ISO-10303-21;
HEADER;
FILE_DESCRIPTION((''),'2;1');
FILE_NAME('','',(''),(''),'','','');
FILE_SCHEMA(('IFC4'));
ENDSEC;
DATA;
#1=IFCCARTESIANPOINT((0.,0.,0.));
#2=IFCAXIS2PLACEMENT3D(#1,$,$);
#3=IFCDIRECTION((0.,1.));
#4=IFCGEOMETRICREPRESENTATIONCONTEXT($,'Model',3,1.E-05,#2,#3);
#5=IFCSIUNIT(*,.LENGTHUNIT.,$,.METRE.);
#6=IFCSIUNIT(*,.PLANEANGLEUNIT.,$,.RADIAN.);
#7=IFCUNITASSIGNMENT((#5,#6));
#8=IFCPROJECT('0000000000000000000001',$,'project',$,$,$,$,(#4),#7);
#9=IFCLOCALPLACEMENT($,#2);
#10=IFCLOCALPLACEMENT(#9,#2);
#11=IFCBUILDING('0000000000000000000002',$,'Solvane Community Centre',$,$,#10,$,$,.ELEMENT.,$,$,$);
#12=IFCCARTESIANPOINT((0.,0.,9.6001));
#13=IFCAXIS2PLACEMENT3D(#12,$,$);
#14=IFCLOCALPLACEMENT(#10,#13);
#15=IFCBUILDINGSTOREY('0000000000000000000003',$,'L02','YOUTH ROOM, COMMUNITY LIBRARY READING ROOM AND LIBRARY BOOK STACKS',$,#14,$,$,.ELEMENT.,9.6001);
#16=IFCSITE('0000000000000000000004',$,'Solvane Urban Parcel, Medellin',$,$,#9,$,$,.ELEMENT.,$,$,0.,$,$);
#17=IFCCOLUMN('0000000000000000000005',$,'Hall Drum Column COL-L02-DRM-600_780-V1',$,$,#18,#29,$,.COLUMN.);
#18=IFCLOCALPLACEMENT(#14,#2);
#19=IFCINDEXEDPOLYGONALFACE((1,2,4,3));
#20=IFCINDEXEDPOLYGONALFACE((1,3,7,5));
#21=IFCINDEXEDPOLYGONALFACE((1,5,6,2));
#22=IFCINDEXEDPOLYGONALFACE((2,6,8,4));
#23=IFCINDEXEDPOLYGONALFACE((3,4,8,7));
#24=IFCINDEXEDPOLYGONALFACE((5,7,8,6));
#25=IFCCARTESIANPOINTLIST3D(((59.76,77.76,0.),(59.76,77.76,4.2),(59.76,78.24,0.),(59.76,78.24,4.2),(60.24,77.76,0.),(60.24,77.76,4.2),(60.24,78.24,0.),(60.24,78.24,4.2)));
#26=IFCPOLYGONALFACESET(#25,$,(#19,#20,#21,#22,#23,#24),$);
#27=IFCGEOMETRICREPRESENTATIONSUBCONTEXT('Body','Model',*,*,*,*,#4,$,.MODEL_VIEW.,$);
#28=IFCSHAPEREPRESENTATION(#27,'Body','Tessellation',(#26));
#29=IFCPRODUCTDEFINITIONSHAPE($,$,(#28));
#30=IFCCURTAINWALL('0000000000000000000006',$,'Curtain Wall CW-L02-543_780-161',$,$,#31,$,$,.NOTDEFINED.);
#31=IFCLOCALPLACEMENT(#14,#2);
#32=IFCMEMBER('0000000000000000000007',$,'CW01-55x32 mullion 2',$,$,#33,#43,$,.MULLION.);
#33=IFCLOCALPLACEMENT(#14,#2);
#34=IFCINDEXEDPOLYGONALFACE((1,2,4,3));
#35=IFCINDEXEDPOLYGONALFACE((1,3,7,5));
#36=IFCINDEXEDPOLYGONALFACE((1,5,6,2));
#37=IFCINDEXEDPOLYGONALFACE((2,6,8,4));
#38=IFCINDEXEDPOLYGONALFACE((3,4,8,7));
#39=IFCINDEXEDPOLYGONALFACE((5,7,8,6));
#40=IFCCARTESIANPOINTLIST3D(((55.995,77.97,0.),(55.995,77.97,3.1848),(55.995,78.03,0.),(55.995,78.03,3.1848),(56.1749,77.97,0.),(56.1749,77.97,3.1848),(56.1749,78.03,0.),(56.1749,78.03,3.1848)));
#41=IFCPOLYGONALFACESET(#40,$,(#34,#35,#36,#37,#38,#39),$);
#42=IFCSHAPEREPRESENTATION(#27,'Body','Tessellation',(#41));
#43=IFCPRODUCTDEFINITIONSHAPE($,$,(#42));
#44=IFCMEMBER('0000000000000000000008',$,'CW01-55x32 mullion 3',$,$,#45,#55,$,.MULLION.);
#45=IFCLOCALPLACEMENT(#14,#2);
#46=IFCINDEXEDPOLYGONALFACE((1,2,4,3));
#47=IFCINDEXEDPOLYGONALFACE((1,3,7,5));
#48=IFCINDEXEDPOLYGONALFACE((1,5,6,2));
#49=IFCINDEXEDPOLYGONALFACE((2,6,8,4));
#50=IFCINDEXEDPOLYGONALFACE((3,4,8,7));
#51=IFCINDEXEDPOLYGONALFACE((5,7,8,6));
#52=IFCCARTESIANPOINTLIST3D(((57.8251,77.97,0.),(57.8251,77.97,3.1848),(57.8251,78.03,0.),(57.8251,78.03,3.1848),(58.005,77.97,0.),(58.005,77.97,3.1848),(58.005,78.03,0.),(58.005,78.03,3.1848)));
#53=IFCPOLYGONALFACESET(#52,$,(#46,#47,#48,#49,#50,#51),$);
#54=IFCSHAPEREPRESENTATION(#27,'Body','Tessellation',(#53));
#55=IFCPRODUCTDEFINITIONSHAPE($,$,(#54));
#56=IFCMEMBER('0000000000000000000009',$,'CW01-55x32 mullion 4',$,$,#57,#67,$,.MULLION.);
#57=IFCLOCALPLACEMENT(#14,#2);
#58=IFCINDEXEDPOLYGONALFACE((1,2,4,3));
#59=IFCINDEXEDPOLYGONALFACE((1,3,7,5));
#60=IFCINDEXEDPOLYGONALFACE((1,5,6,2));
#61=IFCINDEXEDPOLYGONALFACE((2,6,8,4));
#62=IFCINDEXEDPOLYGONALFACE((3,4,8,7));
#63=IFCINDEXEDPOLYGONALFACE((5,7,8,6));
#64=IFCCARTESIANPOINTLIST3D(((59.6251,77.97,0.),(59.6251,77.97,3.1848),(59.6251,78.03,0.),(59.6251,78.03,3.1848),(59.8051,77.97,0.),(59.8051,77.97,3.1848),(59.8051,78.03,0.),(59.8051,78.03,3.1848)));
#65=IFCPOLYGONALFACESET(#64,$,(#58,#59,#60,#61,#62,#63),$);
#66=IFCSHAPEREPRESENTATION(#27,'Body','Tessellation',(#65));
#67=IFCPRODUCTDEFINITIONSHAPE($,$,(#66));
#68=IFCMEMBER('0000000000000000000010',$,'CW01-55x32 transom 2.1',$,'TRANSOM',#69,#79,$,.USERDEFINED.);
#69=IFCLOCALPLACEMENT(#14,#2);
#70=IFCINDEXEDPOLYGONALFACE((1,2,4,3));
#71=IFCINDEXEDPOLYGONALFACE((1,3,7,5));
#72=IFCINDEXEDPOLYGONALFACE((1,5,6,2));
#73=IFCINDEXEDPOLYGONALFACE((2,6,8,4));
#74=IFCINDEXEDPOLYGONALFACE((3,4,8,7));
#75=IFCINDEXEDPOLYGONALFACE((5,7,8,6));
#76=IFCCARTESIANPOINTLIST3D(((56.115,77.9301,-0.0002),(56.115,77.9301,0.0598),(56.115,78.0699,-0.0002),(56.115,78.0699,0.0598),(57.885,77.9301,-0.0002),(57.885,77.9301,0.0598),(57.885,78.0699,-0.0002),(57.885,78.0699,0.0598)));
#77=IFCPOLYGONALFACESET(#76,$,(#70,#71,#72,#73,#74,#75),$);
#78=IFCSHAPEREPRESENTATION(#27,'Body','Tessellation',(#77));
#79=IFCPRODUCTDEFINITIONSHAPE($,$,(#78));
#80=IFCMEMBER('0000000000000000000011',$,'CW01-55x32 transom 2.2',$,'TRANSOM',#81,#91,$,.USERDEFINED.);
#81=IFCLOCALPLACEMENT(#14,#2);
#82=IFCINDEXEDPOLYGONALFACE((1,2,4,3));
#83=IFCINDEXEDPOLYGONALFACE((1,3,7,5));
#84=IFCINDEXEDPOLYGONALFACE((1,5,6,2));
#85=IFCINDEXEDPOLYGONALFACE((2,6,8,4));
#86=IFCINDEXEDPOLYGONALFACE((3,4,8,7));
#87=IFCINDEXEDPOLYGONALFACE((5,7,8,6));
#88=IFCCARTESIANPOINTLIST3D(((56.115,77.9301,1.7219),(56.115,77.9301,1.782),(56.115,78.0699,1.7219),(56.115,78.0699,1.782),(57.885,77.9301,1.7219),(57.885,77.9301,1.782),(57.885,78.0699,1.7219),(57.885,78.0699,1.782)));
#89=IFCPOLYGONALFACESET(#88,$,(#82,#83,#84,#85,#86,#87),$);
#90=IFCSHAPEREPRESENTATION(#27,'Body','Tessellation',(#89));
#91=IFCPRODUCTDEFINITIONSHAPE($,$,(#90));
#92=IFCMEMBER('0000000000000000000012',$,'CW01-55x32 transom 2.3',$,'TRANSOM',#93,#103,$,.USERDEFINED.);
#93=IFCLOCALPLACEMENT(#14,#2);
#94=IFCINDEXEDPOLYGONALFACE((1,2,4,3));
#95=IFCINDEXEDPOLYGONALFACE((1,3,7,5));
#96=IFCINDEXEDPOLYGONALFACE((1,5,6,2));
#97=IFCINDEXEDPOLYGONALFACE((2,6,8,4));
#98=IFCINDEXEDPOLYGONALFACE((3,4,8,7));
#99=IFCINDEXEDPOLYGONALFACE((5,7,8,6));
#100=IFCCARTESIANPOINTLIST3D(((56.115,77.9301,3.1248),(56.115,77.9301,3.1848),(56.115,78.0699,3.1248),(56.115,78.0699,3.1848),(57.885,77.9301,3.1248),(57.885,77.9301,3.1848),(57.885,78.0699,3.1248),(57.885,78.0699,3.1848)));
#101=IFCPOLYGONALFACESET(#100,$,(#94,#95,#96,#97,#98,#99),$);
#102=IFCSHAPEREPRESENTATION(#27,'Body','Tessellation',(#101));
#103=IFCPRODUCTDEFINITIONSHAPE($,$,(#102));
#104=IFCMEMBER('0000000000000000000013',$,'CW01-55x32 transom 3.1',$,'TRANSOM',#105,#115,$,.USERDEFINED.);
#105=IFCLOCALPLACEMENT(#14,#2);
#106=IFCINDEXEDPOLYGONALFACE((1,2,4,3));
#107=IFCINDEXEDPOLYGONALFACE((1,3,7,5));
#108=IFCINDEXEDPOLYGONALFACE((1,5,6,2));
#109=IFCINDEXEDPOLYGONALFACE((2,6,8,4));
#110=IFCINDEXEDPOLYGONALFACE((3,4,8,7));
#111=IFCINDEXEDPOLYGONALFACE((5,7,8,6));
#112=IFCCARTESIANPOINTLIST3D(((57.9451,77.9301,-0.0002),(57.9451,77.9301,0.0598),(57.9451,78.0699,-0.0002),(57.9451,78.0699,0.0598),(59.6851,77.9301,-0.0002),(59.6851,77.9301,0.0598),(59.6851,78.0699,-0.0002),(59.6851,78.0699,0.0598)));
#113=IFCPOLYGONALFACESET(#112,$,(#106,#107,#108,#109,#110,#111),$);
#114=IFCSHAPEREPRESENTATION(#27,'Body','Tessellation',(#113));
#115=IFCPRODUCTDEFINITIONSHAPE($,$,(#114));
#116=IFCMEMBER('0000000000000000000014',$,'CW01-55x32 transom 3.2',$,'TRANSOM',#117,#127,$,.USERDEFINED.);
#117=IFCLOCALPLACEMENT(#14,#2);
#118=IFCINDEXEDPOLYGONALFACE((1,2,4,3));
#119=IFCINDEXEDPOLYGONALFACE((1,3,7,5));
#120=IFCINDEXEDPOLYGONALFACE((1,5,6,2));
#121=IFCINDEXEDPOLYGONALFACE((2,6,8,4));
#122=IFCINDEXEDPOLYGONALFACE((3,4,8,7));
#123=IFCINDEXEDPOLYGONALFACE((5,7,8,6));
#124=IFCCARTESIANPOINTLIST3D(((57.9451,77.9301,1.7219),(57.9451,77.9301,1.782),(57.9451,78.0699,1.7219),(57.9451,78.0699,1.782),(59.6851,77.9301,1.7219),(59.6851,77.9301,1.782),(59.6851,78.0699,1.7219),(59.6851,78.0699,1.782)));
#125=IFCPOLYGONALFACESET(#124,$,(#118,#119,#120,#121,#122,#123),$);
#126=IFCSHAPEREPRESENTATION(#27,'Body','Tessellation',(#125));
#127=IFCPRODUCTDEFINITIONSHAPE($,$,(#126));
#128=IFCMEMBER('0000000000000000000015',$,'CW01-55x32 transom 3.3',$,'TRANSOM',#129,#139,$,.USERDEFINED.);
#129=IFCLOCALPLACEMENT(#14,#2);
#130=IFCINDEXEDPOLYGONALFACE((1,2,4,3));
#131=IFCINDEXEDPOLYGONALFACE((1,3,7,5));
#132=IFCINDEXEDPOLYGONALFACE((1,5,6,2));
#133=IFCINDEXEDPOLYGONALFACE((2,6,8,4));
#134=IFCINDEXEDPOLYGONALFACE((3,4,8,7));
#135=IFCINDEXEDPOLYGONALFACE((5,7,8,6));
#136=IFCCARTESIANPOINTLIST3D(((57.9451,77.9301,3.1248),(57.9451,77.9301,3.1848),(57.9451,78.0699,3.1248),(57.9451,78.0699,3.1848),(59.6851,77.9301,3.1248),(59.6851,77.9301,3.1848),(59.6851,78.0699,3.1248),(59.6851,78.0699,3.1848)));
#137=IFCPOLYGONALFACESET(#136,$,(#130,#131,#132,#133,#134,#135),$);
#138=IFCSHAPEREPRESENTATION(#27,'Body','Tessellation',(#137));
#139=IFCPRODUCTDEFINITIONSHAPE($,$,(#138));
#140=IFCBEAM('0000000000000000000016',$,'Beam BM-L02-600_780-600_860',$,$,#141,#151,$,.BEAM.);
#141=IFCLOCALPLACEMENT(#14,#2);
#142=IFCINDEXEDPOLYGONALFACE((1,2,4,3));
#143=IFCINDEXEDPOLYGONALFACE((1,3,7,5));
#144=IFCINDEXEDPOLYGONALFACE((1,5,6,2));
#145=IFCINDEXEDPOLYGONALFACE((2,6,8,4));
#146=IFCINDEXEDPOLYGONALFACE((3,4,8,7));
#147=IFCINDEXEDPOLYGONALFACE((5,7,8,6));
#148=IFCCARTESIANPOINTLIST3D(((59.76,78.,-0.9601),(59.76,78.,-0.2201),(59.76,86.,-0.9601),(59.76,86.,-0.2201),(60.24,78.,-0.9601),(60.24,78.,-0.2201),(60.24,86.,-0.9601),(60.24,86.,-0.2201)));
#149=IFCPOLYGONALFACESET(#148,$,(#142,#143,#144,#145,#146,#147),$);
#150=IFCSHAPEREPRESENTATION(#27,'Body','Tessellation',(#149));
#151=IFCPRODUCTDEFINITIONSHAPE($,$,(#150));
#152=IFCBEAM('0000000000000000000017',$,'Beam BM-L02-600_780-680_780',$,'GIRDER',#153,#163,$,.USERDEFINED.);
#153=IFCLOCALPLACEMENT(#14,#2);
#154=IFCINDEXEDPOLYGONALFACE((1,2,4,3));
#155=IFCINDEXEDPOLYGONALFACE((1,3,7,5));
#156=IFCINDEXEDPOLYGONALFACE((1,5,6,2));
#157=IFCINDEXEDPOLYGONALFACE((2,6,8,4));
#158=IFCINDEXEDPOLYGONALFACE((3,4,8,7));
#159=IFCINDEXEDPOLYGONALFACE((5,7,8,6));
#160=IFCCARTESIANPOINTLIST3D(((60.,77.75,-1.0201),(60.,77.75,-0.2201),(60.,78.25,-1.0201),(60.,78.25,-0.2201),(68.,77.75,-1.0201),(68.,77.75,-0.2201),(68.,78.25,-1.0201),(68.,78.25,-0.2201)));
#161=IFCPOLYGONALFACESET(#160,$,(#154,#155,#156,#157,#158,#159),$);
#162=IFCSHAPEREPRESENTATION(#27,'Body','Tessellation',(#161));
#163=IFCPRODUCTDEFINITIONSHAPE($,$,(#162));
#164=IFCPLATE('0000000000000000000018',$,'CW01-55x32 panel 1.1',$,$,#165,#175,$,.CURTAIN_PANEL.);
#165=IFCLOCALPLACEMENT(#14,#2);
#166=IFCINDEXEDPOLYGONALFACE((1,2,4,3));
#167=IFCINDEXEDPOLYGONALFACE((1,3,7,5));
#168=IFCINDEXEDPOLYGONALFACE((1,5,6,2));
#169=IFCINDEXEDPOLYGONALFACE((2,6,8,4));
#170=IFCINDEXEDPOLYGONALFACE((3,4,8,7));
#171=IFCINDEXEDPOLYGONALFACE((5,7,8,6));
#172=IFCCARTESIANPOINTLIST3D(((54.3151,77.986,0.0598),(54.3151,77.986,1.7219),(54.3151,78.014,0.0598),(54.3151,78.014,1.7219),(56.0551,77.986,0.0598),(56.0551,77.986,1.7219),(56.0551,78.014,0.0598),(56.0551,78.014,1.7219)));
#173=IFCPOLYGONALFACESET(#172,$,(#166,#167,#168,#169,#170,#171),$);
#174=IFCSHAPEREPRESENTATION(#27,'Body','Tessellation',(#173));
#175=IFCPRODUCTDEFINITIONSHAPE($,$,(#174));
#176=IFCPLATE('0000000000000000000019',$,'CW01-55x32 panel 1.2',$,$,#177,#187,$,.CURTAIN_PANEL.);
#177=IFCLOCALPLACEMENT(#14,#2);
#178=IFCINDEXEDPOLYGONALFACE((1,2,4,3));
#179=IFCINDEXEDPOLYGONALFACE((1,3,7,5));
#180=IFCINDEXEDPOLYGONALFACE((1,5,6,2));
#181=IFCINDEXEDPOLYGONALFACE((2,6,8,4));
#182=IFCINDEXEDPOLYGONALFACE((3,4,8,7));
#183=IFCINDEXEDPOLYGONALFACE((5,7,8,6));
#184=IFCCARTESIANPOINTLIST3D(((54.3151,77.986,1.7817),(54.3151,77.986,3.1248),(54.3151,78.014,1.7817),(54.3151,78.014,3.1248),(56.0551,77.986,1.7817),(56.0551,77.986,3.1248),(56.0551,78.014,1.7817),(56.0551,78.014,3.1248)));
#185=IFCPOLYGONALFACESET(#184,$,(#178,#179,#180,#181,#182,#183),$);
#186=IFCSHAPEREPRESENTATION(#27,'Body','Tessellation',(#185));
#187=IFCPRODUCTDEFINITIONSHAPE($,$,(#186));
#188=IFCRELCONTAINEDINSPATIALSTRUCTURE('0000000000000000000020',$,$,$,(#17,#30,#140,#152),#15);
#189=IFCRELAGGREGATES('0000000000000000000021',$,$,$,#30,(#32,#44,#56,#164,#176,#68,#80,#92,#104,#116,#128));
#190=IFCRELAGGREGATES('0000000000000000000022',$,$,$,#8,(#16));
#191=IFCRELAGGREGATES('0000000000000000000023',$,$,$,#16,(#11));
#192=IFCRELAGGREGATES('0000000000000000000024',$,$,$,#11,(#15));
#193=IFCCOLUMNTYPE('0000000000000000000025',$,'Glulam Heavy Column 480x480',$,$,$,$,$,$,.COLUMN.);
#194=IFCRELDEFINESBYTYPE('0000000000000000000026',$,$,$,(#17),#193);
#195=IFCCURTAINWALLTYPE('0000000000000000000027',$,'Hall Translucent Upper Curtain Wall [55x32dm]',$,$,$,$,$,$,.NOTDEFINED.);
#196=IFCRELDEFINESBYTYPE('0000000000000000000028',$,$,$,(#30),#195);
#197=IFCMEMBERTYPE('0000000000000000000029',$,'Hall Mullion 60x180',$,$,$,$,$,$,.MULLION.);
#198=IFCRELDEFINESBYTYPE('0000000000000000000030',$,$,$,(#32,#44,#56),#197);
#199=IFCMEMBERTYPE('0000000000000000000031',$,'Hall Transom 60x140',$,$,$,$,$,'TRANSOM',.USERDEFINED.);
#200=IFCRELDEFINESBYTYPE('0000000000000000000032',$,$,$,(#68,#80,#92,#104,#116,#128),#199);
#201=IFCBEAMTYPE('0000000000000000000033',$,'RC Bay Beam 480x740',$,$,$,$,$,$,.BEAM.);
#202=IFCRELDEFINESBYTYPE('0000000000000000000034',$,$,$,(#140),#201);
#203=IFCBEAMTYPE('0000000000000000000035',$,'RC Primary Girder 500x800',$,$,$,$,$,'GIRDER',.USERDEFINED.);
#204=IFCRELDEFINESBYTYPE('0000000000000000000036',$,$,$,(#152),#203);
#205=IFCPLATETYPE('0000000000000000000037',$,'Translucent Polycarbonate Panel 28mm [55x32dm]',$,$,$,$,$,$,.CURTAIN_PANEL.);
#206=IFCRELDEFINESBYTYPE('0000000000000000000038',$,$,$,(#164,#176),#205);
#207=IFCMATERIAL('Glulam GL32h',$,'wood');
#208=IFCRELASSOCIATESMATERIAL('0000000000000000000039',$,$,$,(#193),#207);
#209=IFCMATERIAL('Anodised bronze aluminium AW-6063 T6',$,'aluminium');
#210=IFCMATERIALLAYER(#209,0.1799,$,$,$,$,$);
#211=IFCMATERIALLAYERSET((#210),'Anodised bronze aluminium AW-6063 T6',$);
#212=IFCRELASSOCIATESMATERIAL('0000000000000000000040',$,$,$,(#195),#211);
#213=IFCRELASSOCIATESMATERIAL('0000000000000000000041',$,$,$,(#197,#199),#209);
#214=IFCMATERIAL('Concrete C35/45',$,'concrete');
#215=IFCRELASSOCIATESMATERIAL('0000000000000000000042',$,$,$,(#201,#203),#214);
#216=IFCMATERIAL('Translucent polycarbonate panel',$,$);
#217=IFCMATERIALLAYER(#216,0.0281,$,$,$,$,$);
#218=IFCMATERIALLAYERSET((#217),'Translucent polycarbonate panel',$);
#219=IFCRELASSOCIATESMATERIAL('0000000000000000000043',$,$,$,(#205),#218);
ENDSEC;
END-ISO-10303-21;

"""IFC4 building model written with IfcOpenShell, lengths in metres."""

from ifc_helpers import new_model, si_unit, direction, frame, origin, origin_2d, place, context, subcontext, project, spatial, rectangle, extrude, material, layer, layer_set, material_profile, profile_set, type_object, element, aggregate, save


model = new_model("IFC4")

# Units and contexts
model_context = context("Model", 3, precision=1e-05, world=origin(), true_north=direction((0.0, 1.0)))
body_context = subcontext(model_context, "Body", "Model", "MODEL_VIEW")
ifc_project = project(units=[si_unit("LENGTHUNIT", "METRE"), si_unit("PLANEANGLEUNIT", "RADIAN")], contexts=[model_context])

# Site, building, storey
site_placement = place(None, origin())
site = spatial("IfcSite", under=ifc_project, at=site_placement, Name="Solvane Urban Parcel, Medellin", CompositionType="ELEMENT", RefElevation=0.0)
building_placement = place(site_placement, origin())
building = spatial("IfcBuilding", under=site, at=building_placement, Name="Solvane Community Centre", CompositionType="ELEMENT")
storey_placement = place(building_placement, frame((0.0, 0.0, 9.6001)))
storey = spatial("IfcBuildingStorey", under=building, at=storey_placement, Name="L02", Description="YOUTH ROOM, COMMUNITY LIBRARY READING ROOM AND LIBRARY BOOK STACKS", CompositionType="ELEMENT", Elevation=9.6001)

# Column
ifc_material_1 = material(Name="Glulam GL32h", Category="wood")
ifc_material_profile_1 = material_profile(ifc_material_1, rectangle(XDim=0.48, YDim=0.48, at=origin_2d()), Name="GL32h 480x480")
ifc_profile_set_1 = profile_set([ifc_material_profile_1], Name="Glulam GL32h")
column_type = type_object("IfcColumnType", Name="Glulam Heavy Column 480x480", PredefinedType="COLUMN", material=ifc_profile_set_1)
column_placement = place(storey_placement, frame((60.0, 78.0, 0.0), z_axis=(0.0, 0.0, 1.0), x_axis=(1.0, 0.0, 0.0)))
element("IfcColumn", 1, at=column_placement, inside=storey, type_object=column_type, Name="Hall Drum Column COL-L02-DRM-600_780-V1", PredefinedType="COLUMN", context=body_context, shape_type="SweptSolid", body=[
    extrude(rectangle(XDim=0.48, YDim=0.48, at=origin_2d()), origin(), (0.0, 0.0, 1.0), 4.2),
])

# Curtain wall, members
ifc_material_2 = material(Name="Anodised bronze aluminium AW-6063 T6", Category="aluminium")
ifc_layer_1 = layer(ifc_material_2, 0.1799)
ifc_layer_set_1 = layer_set([ifc_layer_1], Name="Anodised bronze aluminium AW-6063 T6")
curtain_wall_type = type_object("IfcCurtainWallType", Name="Hall Translucent Upper Curtain Wall [55x32dm]", PredefinedType="NOTDEFINED", material=ifc_layer_set_1)
curtain_wall_placement = place(storey_placement, origin())
curtain_wall = element("IfcCurtainWall", 2, at=curtain_wall_placement, inside=storey, type_object=curtain_wall_type, Name="Curtain Wall CW-L02-543_780-161", PredefinedType="NOTDEFINED")
ifc_material_profile_2 = material_profile(ifc_material_2, rectangle(XDim=0.0601, YDim=0.1799, at=origin_2d()), Name="CW-M 60x180")
ifc_profile_set_2 = profile_set([ifc_material_profile_2], Name="Anodised bronze aluminium AW-6063 T6")
member_type_1 = type_object("IfcMemberType", Name="Hall Mullion 60x180", PredefinedType="MULLION", material=ifc_profile_set_2)
member_1_placement = place(storey_placement, frame((56.085, 78.0, 0.0), z_axis=(0.0, 0.0, 1.0), x_axis=(0.0, 1.0, 0.0)))
member_1 = element("IfcMember", 3, at=member_1_placement, type_object=member_type_1, Name="CW01-55x32 mullion 2", PredefinedType="MULLION", context=body_context, shape_type="SweptSolid", body=[
    extrude(rectangle(XDim=0.0601, YDim=0.1799, at=origin_2d()), origin(), (0.0, 0.0, 1.0), 3.1848),
])
member_2_placement = place(storey_placement, frame((57.915, 78.0, 0.0), z_axis=(0.0, 0.0, 1.0), x_axis=(0.0, 1.0, 0.0)))
member_2 = element("IfcMember", 4, at=member_2_placement, type_object=member_type_1, Name="CW01-55x32 mullion 3", PredefinedType="MULLION", context=body_context, shape_type="SweptSolid", body=[
    extrude(rectangle(XDim=0.0601, YDim=0.1799, at=origin_2d()), origin(), (0.0, 0.0, 1.0), 3.1848),
])
member_3_placement = place(storey_placement, frame((59.7151, 78.0, 0.0), z_axis=(0.0, 0.0, 1.0), x_axis=(0.0, 1.0, 0.0)))
member_3 = element("IfcMember", 5, at=member_3_placement, type_object=member_type_1, Name="CW01-55x32 mullion 4", PredefinedType="MULLION", context=body_context, shape_type="SweptSolid", body=[
    extrude(rectangle(XDim=0.0601, YDim=0.1799, at=origin_2d()), origin(), (0.0, 0.0, 1.0), 3.1848),
])
ifc_material_profile_3 = material_profile(ifc_material_2, rectangle(XDim=0.1399, YDim=0.0601, at=origin_2d()), Name="CW-T 60x140")
ifc_profile_set_3 = profile_set([ifc_material_profile_3], Name="Anodised bronze aluminium AW-6063 T6")
member_type_2 = type_object("IfcMemberType", Name="Hall Transom 60x140", ElementType="TRANSOM", PredefinedType="USERDEFINED", material=ifc_profile_set_3)
member_4_placement = place(storey_placement, frame((56.115, 78.0, 0.0298), z_axis=(1.0, 0.0, 0.0), x_axis=(0.0, 1.0, 0.0)))
member_4 = element("IfcMember", 6, at=member_4_placement, type_object=member_type_2, Name="CW01-55x32 transom 2.1", ObjectType="TRANSOM", PredefinedType="USERDEFINED", context=body_context, shape_type="SweptSolid", body=[
    extrude(rectangle(XDim=0.1399, YDim=0.0601, at=origin_2d()), origin(), (0.0, 0.0, 1.0), 1.77),
])
member_5_placement = place(storey_placement, frame((56.115, 78.0, 1.752), z_axis=(1.0, 0.0, 0.0), x_axis=(0.0, 1.0, 0.0)))
member_5 = element("IfcMember", 7, at=member_5_placement, type_object=member_type_2, Name="CW01-55x32 transom 2.2", ObjectType="TRANSOM", PredefinedType="USERDEFINED", context=body_context, shape_type="SweptSolid", body=[
    extrude(rectangle(XDim=0.1399, YDim=0.0601, at=origin_2d()), origin(), (0.0, 0.0, 1.0), 1.77),
])
member_6_placement = place(storey_placement, frame((56.115, 78.0, 3.1548), z_axis=(1.0, 0.0, 0.0), x_axis=(0.0, 1.0, 0.0)))
member_6 = element("IfcMember", 8, at=member_6_placement, type_object=member_type_2, Name="CW01-55x32 transom 2.3", ObjectType="TRANSOM", PredefinedType="USERDEFINED", context=body_context, shape_type="SweptSolid", body=[
    extrude(rectangle(XDim=0.1399, YDim=0.0601, at=origin_2d()), origin(), (0.0, 0.0, 1.0), 1.77),
])
member_7_placement = place(storey_placement, frame((57.9451, 78.0, 0.0298), z_axis=(1.0, 0.0, 0.0), x_axis=(0.0, 1.0, 0.0)))
member_7 = element("IfcMember", 9, at=member_7_placement, type_object=member_type_2, Name="CW01-55x32 transom 3.1", ObjectType="TRANSOM", PredefinedType="USERDEFINED", context=body_context, shape_type="SweptSolid", body=[
    extrude(rectangle(XDim=0.1399, YDim=0.0601, at=origin_2d()), origin(), (0.0, 0.0, 1.0), 1.74),
])
member_8_placement = place(storey_placement, frame((57.9451, 78.0, 1.752), z_axis=(1.0, 0.0, 0.0), x_axis=(0.0, 1.0, 0.0)))
member_8 = element("IfcMember", 10, at=member_8_placement, type_object=member_type_2, Name="CW01-55x32 transom 3.2", ObjectType="TRANSOM", PredefinedType="USERDEFINED", context=body_context, shape_type="SweptSolid", body=[
    extrude(rectangle(XDim=0.1399, YDim=0.0601, at=origin_2d()), origin(), (0.0, 0.0, 1.0), 1.74),
])
member_9_placement = place(storey_placement, frame((57.9451, 78.0, 3.1548), z_axis=(1.0, 0.0, 0.0), x_axis=(0.0, 1.0, 0.0)))
member_9 = element("IfcMember", 11, at=member_9_placement, type_object=member_type_2, Name="CW01-55x32 transom 3.3", ObjectType="TRANSOM", PredefinedType="USERDEFINED", context=body_context, shape_type="SweptSolid", body=[
    extrude(rectangle(XDim=0.1399, YDim=0.0601, at=origin_2d()), origin(), (0.0, 0.0, 1.0), 1.74),
])

# Beams
ifc_material_3 = material(Name="Concrete C35/45", Category="concrete")
ifc_material_profile_4 = material_profile(ifc_material_3, rectangle(XDim=0.48, YDim=0.74, at=origin_2d()), Name="RC 480x740")
ifc_profile_set_4 = profile_set([ifc_material_profile_4], Name="Concrete C35/45")
beam_type_1 = type_object("IfcBeamType", Name="RC Bay Beam 480x740", PredefinedType="BEAM", material=ifc_profile_set_4)
beam_1_placement = place(storey_placement, frame((60.0, 78.0, -0.5901), z_axis=(0.0, 1.0, 0.0), x_axis=(-1.0, 0.0, 0.0)))
element("IfcBeam", 12, at=beam_1_placement, inside=storey, type_object=beam_type_1, Name="Beam BM-L02-600_780-600_860", PredefinedType="BEAM", context=body_context, shape_type="SweptSolid", body=[
    extrude(rectangle(XDim=0.48, YDim=0.74, at=origin_2d()), origin(), (0.0, 0.0, 1.0), 8.0),
])
ifc_material_profile_5 = material_profile(ifc_material_3, rectangle(XDim=0.5, YDim=0.8, at=origin_2d()), Name="RC 500x800")
ifc_profile_set_5 = profile_set([ifc_material_profile_5], Name="Concrete C35/45")
beam_type_2 = type_object("IfcBeamType", Name="RC Primary Girder 500x800", ElementType="GIRDER", PredefinedType="USERDEFINED", material=ifc_profile_set_5)
beam_2_placement = place(storey_placement, frame((60.0, 78.0, -0.6201), z_axis=(1.0, 0.0, 0.0), x_axis=(0.0, 1.0, 0.0)))
element("IfcBeam", 13, at=beam_2_placement, inside=storey, type_object=beam_type_2, Name="Beam BM-L02-600_780-680_780", ObjectType="GIRDER", PredefinedType="USERDEFINED", context=body_context, shape_type="SweptSolid", body=[
    extrude(rectangle(XDim=0.5, YDim=0.8, at=origin_2d()), origin(), (0.0, 0.0, 1.0), 8.0),
])

# Plates
ifc_material_4 = material(Name="Translucent polycarbonate panel")
ifc_layer_2 = layer(ifc_material_4, 0.0281)
ifc_layer_set_2 = layer_set([ifc_layer_2], Name="Translucent polycarbonate panel")
plate_type = type_object("IfcPlateType", Name="Translucent Polycarbonate Panel 28mm [55x32dm]", PredefinedType="CURTAIN_PANEL", material=ifc_layer_set_2)
plate_1_placement = place(storey_placement, frame((55.1851, 78.0, 0.0598), z_axis=(0.0, 0.0, 1.0), x_axis=(1.0, 0.0, 0.0)))
plate_1 = element("IfcPlate", 14, at=plate_1_placement, type_object=plate_type, Name="CW01-55x32 panel 1.1", PredefinedType="CURTAIN_PANEL", context=body_context, shape_type="SweptSolid", body=[
    extrude(rectangle(XDim=1.74, YDim=0.0281, at=origin_2d()), origin(), (0.0, 0.0, 1.0), 1.6621),
])
plate_2_placement = place(storey_placement, frame((55.1851, 78.0, 1.7817), z_axis=(0.0, 0.0, 1.0), x_axis=(1.0, 0.0, 0.0)))
plate_2 = element("IfcPlate", 15, at=plate_2_placement, type_object=plate_type, Name="CW01-55x32 panel 1.2", PredefinedType="CURTAIN_PANEL", context=body_context, shape_type="SweptSolid", body=[
    extrude(rectangle(XDim=1.74, YDim=0.0281, at=origin_2d()), origin(), (0.0, 0.0, 1.0), 1.343),
])
aggregate(curtain_wall, [member_1, member_2, member_3, plate_1, plate_2, member_4, member_5, member_6, member_7, member_8, member_9])

save(model, "model.ifc")
